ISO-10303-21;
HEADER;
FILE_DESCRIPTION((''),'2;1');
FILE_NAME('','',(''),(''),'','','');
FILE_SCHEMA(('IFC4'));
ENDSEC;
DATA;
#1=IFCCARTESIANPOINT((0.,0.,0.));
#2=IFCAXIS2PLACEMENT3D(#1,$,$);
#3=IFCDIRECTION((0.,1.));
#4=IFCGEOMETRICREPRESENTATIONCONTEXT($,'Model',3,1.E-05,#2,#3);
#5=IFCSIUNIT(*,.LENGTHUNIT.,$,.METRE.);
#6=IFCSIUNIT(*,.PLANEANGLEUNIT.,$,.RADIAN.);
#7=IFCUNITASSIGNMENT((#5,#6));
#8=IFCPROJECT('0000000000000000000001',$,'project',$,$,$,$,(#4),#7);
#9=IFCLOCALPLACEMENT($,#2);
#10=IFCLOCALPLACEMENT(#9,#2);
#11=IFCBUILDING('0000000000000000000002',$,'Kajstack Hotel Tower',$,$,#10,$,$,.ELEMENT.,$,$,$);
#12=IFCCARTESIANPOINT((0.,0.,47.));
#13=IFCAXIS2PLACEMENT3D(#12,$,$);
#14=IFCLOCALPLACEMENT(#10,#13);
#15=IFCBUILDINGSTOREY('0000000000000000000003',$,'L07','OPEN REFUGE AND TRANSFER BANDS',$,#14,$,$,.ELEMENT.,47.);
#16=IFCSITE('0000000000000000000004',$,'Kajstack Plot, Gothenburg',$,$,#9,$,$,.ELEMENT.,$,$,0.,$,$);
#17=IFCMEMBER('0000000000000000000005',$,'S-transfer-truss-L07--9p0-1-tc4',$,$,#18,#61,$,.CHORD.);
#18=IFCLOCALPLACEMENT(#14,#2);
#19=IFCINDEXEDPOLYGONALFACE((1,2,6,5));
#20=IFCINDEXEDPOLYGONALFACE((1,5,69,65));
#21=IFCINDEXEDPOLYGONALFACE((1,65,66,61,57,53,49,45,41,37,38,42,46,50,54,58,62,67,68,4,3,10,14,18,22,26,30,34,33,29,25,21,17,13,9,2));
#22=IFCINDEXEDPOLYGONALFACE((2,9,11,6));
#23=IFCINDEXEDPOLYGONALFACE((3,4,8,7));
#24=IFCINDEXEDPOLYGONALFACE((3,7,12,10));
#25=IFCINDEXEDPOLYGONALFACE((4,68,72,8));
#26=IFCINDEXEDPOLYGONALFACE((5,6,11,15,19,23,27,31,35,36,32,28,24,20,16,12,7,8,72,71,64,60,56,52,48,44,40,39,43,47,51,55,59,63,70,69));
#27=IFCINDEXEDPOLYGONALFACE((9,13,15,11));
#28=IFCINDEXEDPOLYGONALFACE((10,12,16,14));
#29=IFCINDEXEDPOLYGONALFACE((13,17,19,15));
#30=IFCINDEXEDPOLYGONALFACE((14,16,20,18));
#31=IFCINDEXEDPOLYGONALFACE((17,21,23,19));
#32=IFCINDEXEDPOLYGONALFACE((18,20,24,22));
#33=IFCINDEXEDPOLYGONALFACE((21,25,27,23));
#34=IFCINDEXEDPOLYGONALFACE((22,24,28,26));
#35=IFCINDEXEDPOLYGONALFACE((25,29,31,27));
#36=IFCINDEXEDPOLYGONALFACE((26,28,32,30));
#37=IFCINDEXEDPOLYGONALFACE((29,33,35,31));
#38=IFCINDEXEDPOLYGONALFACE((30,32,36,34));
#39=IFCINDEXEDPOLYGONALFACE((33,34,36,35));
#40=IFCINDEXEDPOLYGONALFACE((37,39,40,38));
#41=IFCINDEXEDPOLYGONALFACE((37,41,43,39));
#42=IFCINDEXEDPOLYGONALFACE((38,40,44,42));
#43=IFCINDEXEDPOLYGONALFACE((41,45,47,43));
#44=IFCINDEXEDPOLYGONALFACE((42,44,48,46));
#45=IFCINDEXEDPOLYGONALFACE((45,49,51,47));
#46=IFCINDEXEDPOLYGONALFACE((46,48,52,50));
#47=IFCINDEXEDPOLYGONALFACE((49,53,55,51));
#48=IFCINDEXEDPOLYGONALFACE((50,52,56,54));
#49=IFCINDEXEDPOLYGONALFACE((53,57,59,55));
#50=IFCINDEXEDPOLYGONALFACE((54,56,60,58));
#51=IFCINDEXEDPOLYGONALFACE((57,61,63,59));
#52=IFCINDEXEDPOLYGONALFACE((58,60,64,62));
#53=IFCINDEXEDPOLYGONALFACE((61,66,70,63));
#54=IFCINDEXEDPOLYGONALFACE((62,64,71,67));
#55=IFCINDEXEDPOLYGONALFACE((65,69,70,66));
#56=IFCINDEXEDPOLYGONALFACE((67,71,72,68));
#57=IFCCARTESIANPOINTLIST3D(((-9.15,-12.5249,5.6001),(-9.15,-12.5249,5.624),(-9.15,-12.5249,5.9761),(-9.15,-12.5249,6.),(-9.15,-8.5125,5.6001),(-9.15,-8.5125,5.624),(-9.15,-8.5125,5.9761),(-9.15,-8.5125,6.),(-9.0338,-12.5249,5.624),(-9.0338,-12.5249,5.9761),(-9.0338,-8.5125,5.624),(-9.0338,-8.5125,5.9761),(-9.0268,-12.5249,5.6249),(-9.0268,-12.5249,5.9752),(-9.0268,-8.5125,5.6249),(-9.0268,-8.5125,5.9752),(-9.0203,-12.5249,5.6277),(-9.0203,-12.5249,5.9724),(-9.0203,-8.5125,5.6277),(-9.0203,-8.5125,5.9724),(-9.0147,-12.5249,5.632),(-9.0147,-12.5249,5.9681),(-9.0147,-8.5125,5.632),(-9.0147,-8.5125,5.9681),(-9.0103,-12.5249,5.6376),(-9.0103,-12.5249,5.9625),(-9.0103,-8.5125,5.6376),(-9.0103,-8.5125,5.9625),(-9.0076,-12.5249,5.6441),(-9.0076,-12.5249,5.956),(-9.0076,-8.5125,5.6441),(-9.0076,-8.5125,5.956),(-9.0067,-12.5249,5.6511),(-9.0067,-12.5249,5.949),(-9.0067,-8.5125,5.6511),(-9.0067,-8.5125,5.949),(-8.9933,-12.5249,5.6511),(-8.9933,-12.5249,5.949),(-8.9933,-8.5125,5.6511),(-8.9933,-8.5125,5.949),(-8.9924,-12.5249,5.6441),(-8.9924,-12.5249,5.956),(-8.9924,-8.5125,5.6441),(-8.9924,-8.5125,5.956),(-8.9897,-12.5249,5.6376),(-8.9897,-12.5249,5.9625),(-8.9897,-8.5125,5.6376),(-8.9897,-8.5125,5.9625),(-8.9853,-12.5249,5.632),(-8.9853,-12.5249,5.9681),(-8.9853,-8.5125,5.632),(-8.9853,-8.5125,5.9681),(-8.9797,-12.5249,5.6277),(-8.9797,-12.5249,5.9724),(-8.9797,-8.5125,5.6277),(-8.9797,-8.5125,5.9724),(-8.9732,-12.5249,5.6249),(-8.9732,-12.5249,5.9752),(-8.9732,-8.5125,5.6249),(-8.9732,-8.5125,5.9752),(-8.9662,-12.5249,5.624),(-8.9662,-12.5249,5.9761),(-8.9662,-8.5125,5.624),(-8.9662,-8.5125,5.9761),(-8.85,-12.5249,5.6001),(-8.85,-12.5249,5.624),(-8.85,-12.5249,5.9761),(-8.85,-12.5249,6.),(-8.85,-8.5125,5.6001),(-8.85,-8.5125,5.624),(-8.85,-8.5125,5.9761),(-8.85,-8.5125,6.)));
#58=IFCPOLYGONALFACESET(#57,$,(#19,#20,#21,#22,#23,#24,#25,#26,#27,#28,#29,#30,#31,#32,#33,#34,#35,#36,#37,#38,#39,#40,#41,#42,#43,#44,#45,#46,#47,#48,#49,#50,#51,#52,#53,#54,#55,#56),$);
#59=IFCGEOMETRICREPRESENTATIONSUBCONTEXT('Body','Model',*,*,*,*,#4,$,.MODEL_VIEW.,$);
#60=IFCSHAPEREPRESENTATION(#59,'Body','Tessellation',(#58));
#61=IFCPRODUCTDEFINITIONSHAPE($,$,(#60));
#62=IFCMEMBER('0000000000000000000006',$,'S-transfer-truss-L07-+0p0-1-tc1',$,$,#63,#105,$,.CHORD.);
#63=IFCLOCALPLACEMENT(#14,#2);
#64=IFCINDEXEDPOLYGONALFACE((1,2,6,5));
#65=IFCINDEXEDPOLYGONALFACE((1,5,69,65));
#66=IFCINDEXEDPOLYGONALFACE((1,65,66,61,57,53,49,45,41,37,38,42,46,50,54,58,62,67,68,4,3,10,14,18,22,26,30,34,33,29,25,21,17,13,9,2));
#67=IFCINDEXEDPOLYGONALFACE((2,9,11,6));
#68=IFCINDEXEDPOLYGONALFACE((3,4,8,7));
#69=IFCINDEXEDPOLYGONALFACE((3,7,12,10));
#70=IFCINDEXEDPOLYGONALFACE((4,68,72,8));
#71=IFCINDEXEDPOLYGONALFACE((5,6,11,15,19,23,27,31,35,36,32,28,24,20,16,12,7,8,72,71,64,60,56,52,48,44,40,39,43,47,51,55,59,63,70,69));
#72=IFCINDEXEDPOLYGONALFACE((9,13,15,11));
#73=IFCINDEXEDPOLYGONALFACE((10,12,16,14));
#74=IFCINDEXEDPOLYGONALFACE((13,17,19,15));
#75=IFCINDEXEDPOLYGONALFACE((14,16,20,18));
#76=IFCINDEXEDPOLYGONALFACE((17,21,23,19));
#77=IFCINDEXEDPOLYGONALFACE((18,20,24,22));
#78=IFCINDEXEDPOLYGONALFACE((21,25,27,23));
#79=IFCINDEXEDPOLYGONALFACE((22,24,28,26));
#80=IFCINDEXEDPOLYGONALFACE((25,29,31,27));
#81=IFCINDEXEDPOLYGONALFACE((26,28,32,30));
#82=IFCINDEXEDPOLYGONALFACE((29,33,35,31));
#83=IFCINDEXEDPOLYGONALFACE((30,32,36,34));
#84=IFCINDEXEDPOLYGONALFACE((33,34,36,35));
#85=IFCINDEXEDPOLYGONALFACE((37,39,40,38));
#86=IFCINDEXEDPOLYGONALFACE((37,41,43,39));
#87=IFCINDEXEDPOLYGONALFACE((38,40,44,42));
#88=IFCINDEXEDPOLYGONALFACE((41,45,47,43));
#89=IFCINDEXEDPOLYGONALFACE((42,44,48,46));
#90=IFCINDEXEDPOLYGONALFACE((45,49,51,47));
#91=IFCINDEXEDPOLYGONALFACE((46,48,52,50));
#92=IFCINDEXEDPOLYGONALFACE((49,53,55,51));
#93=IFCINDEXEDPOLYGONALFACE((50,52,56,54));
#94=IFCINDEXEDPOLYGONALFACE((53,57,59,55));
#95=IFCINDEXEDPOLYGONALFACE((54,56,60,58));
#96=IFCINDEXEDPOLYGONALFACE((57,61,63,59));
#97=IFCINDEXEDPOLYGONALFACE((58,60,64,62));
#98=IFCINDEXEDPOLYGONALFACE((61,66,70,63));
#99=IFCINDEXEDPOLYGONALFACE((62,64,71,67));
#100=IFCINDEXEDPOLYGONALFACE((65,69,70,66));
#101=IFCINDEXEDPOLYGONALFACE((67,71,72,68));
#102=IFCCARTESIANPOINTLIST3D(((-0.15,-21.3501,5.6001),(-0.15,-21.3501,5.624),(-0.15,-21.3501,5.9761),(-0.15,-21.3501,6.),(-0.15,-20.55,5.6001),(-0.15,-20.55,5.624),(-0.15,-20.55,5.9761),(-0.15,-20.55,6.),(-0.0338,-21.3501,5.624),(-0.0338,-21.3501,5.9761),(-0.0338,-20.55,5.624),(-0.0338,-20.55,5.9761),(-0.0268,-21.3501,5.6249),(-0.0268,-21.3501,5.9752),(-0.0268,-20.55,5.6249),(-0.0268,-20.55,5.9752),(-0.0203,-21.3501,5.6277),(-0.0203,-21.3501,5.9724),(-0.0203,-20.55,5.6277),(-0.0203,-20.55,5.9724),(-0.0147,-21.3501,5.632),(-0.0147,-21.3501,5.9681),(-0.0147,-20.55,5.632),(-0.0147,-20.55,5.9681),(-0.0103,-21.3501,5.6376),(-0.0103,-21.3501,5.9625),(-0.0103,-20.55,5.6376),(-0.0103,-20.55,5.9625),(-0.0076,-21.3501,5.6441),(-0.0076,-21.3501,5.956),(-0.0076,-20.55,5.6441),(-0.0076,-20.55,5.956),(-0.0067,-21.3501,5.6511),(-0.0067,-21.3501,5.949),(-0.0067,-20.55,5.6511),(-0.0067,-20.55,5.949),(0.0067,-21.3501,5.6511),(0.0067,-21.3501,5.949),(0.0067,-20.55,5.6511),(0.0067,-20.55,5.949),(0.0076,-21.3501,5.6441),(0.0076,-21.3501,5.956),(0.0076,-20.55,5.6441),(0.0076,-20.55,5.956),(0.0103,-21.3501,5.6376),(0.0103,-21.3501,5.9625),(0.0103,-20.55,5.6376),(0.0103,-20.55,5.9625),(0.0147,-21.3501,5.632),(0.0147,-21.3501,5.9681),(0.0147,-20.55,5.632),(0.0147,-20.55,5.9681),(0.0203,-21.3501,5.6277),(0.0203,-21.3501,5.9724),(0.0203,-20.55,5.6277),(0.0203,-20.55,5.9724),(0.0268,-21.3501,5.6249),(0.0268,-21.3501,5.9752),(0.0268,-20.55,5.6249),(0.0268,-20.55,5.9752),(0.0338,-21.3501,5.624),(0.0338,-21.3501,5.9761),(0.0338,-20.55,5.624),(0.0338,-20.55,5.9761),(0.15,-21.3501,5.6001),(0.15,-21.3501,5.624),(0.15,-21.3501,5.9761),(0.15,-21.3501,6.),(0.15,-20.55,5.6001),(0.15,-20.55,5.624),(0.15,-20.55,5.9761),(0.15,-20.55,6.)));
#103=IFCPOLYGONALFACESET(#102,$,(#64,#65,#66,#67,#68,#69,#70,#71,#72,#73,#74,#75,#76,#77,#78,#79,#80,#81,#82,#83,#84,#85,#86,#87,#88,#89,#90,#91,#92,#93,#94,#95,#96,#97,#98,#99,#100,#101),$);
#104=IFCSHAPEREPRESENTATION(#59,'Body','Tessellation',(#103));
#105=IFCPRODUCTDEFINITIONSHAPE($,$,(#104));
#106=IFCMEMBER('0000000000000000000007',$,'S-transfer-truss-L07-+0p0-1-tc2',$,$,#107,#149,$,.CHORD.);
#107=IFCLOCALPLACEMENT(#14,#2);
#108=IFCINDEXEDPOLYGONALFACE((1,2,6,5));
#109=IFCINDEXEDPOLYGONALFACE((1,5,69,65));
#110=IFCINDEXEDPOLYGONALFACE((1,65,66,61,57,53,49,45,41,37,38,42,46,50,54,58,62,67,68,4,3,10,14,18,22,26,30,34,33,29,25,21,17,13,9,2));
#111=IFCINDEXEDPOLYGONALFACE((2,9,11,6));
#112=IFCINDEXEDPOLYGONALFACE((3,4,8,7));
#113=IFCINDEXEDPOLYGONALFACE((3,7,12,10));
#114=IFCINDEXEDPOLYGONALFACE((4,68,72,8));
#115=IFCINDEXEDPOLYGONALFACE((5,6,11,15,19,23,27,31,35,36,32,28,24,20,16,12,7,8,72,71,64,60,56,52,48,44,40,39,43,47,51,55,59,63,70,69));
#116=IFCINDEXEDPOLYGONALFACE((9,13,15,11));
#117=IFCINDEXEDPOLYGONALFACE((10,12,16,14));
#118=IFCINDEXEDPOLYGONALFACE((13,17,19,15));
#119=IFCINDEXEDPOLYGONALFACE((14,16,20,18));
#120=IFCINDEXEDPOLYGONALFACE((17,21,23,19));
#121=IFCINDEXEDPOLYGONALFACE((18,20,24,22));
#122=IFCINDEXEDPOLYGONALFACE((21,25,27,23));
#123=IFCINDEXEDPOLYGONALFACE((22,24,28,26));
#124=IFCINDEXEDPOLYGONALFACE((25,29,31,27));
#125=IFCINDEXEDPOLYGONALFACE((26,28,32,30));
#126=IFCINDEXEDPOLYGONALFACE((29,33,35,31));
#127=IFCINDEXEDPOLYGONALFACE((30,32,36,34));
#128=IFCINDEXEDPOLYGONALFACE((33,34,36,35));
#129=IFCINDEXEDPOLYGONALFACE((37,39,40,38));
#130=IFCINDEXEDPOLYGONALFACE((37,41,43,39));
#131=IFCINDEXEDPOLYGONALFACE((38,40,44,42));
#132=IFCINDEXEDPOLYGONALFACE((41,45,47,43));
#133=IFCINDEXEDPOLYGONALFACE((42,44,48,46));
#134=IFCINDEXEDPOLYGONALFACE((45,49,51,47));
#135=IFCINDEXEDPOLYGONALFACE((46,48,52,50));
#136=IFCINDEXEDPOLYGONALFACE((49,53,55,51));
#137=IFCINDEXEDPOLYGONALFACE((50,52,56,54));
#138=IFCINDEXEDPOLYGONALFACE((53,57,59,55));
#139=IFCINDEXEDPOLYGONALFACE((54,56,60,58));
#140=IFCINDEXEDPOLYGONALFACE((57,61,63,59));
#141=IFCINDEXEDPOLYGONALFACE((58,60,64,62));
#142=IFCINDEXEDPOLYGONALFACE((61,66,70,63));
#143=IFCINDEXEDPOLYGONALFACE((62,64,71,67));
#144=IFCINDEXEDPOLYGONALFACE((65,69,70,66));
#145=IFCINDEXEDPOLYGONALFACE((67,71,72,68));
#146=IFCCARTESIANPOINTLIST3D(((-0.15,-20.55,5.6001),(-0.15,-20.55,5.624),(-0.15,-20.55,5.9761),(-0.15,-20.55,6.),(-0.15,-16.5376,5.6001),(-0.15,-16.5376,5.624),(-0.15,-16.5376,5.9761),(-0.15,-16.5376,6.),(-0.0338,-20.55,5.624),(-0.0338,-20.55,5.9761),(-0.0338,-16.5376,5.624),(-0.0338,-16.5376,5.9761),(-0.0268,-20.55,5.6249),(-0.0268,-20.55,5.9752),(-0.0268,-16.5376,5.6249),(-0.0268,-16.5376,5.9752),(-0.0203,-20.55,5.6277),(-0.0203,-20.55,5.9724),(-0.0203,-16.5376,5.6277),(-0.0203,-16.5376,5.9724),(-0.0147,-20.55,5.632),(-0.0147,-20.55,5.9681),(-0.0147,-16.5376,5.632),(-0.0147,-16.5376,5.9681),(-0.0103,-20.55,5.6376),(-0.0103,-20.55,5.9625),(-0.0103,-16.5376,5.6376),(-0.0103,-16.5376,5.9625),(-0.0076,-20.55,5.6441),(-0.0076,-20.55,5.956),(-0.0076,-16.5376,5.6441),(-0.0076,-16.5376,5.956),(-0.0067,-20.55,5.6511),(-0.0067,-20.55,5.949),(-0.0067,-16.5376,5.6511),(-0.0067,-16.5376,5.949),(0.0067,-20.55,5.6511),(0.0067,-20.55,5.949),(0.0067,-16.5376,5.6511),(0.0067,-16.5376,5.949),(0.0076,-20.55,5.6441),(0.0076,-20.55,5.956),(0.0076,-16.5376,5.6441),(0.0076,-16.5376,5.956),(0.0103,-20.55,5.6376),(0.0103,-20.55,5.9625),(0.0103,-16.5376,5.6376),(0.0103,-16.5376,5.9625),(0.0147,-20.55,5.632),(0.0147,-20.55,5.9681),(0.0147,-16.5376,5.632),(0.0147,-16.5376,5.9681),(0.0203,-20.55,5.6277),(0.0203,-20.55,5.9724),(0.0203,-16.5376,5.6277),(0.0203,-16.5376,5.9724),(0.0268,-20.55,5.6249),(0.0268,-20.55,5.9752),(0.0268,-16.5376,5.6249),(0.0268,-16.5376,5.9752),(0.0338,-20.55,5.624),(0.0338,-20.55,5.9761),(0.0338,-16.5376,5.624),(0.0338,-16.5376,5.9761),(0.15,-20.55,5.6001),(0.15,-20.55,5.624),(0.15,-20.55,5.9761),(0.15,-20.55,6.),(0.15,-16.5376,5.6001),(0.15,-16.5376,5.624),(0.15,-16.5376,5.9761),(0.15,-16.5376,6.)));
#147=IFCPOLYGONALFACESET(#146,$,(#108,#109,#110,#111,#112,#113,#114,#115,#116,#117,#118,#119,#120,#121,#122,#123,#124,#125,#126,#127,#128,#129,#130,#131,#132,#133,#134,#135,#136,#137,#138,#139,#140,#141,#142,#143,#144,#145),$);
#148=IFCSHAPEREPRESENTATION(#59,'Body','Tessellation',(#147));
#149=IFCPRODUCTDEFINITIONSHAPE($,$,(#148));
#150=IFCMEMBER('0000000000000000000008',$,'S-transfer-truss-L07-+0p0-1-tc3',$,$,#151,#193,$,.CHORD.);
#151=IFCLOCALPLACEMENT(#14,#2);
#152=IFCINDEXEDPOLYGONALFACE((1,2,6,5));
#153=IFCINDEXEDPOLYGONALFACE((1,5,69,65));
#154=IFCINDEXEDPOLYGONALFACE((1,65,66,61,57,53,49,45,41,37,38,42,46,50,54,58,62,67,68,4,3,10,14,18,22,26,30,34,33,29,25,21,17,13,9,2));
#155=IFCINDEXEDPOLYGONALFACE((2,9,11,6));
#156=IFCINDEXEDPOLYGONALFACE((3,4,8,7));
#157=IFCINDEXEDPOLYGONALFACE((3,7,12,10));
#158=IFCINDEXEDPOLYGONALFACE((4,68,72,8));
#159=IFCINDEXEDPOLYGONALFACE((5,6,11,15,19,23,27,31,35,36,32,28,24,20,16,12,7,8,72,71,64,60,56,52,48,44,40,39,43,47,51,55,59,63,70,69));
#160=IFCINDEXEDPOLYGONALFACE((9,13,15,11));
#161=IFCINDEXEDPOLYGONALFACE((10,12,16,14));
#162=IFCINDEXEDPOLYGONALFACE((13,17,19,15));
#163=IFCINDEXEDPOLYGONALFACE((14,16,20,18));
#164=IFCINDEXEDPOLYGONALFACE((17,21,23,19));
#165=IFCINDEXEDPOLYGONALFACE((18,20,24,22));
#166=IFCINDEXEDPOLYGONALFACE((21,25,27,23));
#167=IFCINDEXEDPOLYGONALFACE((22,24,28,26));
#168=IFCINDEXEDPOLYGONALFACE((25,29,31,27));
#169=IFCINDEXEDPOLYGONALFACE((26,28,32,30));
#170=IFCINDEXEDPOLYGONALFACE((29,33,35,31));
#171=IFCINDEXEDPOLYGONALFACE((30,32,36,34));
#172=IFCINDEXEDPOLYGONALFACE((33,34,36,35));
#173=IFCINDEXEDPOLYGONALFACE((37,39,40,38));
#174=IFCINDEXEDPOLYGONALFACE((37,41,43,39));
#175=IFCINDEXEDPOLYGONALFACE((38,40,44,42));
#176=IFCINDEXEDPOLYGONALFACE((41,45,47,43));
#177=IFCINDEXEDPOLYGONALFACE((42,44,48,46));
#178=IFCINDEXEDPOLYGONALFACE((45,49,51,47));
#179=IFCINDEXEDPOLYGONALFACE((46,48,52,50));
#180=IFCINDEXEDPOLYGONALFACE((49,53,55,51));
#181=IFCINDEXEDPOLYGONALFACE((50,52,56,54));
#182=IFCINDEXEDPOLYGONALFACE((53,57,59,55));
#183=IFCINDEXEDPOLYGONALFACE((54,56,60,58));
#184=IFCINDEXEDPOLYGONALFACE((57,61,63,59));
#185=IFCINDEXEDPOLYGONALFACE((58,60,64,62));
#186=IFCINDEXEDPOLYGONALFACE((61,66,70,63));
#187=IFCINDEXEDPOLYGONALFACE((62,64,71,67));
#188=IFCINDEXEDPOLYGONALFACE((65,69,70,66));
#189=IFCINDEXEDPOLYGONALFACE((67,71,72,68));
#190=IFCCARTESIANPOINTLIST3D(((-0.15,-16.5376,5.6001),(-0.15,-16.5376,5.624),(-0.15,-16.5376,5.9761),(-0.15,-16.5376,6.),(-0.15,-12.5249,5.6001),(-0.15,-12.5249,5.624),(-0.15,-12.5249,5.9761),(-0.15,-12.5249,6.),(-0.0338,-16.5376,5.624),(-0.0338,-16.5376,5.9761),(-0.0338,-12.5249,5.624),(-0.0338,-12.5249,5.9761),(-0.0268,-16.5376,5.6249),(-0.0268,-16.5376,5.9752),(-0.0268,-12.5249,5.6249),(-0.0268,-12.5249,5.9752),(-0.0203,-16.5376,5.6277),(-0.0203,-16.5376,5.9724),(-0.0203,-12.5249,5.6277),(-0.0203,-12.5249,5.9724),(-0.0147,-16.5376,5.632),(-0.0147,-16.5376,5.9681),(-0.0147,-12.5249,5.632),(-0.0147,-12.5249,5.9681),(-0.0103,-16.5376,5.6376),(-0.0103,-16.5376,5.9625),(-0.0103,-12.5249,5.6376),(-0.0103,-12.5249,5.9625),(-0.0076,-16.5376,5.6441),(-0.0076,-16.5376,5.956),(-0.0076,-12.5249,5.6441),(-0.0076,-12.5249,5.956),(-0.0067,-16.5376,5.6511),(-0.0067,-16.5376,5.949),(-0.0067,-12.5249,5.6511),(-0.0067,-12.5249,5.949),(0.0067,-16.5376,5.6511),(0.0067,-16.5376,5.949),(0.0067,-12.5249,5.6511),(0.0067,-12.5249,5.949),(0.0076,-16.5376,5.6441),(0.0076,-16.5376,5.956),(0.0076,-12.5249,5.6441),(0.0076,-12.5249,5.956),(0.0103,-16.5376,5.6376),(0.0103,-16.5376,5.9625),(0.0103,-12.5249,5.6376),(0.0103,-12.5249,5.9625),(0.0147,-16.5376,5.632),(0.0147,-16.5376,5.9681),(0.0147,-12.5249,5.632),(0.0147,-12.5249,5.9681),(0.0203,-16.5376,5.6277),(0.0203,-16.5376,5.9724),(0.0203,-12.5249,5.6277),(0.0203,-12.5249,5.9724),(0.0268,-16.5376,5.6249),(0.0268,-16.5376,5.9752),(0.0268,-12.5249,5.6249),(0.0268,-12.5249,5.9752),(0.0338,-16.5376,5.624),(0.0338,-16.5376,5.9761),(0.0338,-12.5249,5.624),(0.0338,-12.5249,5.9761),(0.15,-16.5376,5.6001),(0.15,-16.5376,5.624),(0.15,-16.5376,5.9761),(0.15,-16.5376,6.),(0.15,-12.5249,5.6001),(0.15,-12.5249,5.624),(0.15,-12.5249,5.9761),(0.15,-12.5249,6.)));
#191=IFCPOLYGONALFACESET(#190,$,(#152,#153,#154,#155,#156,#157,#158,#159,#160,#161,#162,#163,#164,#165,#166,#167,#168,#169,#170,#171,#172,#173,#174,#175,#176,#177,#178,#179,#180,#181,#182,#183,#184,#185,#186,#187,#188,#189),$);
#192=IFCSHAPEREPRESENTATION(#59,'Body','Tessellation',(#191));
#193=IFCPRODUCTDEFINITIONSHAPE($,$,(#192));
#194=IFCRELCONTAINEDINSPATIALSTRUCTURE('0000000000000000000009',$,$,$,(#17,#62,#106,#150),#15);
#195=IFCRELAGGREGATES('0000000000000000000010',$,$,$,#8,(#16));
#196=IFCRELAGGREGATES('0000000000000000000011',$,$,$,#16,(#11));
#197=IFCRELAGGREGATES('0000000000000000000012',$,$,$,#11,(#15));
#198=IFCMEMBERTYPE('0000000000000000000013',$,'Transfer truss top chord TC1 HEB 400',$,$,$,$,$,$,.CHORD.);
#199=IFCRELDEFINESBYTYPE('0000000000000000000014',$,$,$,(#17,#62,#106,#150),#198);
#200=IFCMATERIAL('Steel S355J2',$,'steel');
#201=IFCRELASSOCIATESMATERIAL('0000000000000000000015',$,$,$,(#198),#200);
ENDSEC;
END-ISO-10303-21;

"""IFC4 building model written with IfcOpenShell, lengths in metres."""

from ifc_helpers import new_model, si_unit, direction, frame, origin, origin_2d, place, context, subcontext, project, spatial, i_section, extrude, material, material_profile, profile_set, type_object, element, save


model = new_model("IFC4")

# Units and contexts
model_context = context("Model", 3, precision=1e-05, world=origin(), true_north=direction((0.0, 1.0)))
body_context = subcontext(model_context, "Body", "Model", "MODEL_VIEW")
ifc_project = project(units=[si_unit("LENGTHUNIT", "METRE"), si_unit("PLANEANGLEUNIT", "RADIAN")], contexts=[model_context])

# Site, building, storey
site_placement = place(None, origin())
site = spatial("IfcSite", under=ifc_project, at=site_placement, Name="Kajstack Plot, Gothenburg", CompositionType="ELEMENT", RefElevation=0.0)
building_placement = place(site_placement, origin())
building = spatial("IfcBuilding", under=site, at=building_placement, Name="Kajstack Hotel Tower", CompositionType="ELEMENT")
storey_placement = place(building_placement, frame((0.0, 0.0, 47.0)))
storey = spatial("IfcBuildingStorey", under=building, at=storey_placement, Name="L07", Description="OPEN REFUGE AND TRANSFER BANDS", CompositionType="ELEMENT", Elevation=47.0)

# Members
ifc_material = material(Name="Steel S355J2", Category="steel")
ifc_material_profile_1 = material_profile(ifc_material, i_section(OverallWidth=0.3, OverallDepth=0.3999, WebThickness=0.0134, FlangeThickness=0.0239, FilletRadius=0.0271, at=origin_2d()), Name="HEB 400")
ifc_profile_set_1 = profile_set([ifc_material_profile_1], Name="Steel S355J2")
member_type_1 = type_object("IfcMemberType", Name="Transfer truss top chord TC1 HEB 400", PredefinedType="CHORD", material=ifc_profile_set_1)
member_1_placement = place(storey_placement, frame((-9.0, -12.5249, 5.8), z_axis=(0.0, 1.0, 0.0), x_axis=(-1.0, 0.0, 0.0)))
element("IfcMember", 1, at=member_1_placement, inside=storey, type_object=member_type_1, Name="S-transfer-truss-L07--9p0-1-tc4", PredefinedType="CHORD", context=body_context, shape_type="SweptSolid", body=[
    extrude(i_section(OverallWidth=0.3, OverallDepth=0.3999, WebThickness=0.0134, FlangeThickness=0.0239, FilletRadius=0.0271, at=origin_2d()), origin(), (0.0, 0.0, 1.0), 4.0125),
])
member_2_placement = place(storey_placement, frame((0.0, -21.3501, 5.8), z_axis=(0.0, 1.0, 0.0), x_axis=(-1.0, 0.0, 0.0)))
element("IfcMember", 2, at=member_2_placement, inside=storey, type_object=member_type_1, Name="S-transfer-truss-L07-+0p0-1-tc1", PredefinedType="CHORD", context=body_context, shape_type="SweptSolid", body=[
    extrude(i_section(OverallWidth=0.3, OverallDepth=0.3999, WebThickness=0.0134, FlangeThickness=0.0239, FilletRadius=0.0271, at=origin_2d()), origin(), (0.0, 0.0, 1.0), 0.8),
])
member_3_placement = place(storey_placement, frame((0.0, -20.55, 5.8), z_axis=(0.0, 1.0, 0.0), x_axis=(-1.0, 0.0, 0.0)))
element("IfcMember", 3, at=member_3_placement, inside=storey, type_object=member_type_1, Name="S-transfer-truss-L07-+0p0-1-tc2", PredefinedType="CHORD", context=body_context, shape_type="SweptSolid", body=[
    extrude(i_section(OverallWidth=0.3, OverallDepth=0.3999, WebThickness=0.0134, FlangeThickness=0.0239, FilletRadius=0.0271, at=origin_2d()), origin(), (0.0, 0.0, 1.0), 4.0125),
])
member_4_placement = place(storey_placement, frame((0.0, -16.5376, 5.8), z_axis=(0.0, 1.0, 0.0), x_axis=(-1.0, 0.0, 0.0)))
element("IfcMember", 4, at=member_4_placement, inside=storey, type_object=member_type_1, Name="S-transfer-truss-L07-+0p0-1-tc3", PredefinedType="CHORD", context=body_context, shape_type="SweptSolid", body=[
    extrude(i_section(OverallWidth=0.3, OverallDepth=0.3999, WebThickness=0.0134, FlangeThickness=0.0239, FilletRadius=0.0271, at=origin_2d()), origin(), (0.0, 0.0, 1.0), 4.0127),
])

save(model, "model.ifc")
